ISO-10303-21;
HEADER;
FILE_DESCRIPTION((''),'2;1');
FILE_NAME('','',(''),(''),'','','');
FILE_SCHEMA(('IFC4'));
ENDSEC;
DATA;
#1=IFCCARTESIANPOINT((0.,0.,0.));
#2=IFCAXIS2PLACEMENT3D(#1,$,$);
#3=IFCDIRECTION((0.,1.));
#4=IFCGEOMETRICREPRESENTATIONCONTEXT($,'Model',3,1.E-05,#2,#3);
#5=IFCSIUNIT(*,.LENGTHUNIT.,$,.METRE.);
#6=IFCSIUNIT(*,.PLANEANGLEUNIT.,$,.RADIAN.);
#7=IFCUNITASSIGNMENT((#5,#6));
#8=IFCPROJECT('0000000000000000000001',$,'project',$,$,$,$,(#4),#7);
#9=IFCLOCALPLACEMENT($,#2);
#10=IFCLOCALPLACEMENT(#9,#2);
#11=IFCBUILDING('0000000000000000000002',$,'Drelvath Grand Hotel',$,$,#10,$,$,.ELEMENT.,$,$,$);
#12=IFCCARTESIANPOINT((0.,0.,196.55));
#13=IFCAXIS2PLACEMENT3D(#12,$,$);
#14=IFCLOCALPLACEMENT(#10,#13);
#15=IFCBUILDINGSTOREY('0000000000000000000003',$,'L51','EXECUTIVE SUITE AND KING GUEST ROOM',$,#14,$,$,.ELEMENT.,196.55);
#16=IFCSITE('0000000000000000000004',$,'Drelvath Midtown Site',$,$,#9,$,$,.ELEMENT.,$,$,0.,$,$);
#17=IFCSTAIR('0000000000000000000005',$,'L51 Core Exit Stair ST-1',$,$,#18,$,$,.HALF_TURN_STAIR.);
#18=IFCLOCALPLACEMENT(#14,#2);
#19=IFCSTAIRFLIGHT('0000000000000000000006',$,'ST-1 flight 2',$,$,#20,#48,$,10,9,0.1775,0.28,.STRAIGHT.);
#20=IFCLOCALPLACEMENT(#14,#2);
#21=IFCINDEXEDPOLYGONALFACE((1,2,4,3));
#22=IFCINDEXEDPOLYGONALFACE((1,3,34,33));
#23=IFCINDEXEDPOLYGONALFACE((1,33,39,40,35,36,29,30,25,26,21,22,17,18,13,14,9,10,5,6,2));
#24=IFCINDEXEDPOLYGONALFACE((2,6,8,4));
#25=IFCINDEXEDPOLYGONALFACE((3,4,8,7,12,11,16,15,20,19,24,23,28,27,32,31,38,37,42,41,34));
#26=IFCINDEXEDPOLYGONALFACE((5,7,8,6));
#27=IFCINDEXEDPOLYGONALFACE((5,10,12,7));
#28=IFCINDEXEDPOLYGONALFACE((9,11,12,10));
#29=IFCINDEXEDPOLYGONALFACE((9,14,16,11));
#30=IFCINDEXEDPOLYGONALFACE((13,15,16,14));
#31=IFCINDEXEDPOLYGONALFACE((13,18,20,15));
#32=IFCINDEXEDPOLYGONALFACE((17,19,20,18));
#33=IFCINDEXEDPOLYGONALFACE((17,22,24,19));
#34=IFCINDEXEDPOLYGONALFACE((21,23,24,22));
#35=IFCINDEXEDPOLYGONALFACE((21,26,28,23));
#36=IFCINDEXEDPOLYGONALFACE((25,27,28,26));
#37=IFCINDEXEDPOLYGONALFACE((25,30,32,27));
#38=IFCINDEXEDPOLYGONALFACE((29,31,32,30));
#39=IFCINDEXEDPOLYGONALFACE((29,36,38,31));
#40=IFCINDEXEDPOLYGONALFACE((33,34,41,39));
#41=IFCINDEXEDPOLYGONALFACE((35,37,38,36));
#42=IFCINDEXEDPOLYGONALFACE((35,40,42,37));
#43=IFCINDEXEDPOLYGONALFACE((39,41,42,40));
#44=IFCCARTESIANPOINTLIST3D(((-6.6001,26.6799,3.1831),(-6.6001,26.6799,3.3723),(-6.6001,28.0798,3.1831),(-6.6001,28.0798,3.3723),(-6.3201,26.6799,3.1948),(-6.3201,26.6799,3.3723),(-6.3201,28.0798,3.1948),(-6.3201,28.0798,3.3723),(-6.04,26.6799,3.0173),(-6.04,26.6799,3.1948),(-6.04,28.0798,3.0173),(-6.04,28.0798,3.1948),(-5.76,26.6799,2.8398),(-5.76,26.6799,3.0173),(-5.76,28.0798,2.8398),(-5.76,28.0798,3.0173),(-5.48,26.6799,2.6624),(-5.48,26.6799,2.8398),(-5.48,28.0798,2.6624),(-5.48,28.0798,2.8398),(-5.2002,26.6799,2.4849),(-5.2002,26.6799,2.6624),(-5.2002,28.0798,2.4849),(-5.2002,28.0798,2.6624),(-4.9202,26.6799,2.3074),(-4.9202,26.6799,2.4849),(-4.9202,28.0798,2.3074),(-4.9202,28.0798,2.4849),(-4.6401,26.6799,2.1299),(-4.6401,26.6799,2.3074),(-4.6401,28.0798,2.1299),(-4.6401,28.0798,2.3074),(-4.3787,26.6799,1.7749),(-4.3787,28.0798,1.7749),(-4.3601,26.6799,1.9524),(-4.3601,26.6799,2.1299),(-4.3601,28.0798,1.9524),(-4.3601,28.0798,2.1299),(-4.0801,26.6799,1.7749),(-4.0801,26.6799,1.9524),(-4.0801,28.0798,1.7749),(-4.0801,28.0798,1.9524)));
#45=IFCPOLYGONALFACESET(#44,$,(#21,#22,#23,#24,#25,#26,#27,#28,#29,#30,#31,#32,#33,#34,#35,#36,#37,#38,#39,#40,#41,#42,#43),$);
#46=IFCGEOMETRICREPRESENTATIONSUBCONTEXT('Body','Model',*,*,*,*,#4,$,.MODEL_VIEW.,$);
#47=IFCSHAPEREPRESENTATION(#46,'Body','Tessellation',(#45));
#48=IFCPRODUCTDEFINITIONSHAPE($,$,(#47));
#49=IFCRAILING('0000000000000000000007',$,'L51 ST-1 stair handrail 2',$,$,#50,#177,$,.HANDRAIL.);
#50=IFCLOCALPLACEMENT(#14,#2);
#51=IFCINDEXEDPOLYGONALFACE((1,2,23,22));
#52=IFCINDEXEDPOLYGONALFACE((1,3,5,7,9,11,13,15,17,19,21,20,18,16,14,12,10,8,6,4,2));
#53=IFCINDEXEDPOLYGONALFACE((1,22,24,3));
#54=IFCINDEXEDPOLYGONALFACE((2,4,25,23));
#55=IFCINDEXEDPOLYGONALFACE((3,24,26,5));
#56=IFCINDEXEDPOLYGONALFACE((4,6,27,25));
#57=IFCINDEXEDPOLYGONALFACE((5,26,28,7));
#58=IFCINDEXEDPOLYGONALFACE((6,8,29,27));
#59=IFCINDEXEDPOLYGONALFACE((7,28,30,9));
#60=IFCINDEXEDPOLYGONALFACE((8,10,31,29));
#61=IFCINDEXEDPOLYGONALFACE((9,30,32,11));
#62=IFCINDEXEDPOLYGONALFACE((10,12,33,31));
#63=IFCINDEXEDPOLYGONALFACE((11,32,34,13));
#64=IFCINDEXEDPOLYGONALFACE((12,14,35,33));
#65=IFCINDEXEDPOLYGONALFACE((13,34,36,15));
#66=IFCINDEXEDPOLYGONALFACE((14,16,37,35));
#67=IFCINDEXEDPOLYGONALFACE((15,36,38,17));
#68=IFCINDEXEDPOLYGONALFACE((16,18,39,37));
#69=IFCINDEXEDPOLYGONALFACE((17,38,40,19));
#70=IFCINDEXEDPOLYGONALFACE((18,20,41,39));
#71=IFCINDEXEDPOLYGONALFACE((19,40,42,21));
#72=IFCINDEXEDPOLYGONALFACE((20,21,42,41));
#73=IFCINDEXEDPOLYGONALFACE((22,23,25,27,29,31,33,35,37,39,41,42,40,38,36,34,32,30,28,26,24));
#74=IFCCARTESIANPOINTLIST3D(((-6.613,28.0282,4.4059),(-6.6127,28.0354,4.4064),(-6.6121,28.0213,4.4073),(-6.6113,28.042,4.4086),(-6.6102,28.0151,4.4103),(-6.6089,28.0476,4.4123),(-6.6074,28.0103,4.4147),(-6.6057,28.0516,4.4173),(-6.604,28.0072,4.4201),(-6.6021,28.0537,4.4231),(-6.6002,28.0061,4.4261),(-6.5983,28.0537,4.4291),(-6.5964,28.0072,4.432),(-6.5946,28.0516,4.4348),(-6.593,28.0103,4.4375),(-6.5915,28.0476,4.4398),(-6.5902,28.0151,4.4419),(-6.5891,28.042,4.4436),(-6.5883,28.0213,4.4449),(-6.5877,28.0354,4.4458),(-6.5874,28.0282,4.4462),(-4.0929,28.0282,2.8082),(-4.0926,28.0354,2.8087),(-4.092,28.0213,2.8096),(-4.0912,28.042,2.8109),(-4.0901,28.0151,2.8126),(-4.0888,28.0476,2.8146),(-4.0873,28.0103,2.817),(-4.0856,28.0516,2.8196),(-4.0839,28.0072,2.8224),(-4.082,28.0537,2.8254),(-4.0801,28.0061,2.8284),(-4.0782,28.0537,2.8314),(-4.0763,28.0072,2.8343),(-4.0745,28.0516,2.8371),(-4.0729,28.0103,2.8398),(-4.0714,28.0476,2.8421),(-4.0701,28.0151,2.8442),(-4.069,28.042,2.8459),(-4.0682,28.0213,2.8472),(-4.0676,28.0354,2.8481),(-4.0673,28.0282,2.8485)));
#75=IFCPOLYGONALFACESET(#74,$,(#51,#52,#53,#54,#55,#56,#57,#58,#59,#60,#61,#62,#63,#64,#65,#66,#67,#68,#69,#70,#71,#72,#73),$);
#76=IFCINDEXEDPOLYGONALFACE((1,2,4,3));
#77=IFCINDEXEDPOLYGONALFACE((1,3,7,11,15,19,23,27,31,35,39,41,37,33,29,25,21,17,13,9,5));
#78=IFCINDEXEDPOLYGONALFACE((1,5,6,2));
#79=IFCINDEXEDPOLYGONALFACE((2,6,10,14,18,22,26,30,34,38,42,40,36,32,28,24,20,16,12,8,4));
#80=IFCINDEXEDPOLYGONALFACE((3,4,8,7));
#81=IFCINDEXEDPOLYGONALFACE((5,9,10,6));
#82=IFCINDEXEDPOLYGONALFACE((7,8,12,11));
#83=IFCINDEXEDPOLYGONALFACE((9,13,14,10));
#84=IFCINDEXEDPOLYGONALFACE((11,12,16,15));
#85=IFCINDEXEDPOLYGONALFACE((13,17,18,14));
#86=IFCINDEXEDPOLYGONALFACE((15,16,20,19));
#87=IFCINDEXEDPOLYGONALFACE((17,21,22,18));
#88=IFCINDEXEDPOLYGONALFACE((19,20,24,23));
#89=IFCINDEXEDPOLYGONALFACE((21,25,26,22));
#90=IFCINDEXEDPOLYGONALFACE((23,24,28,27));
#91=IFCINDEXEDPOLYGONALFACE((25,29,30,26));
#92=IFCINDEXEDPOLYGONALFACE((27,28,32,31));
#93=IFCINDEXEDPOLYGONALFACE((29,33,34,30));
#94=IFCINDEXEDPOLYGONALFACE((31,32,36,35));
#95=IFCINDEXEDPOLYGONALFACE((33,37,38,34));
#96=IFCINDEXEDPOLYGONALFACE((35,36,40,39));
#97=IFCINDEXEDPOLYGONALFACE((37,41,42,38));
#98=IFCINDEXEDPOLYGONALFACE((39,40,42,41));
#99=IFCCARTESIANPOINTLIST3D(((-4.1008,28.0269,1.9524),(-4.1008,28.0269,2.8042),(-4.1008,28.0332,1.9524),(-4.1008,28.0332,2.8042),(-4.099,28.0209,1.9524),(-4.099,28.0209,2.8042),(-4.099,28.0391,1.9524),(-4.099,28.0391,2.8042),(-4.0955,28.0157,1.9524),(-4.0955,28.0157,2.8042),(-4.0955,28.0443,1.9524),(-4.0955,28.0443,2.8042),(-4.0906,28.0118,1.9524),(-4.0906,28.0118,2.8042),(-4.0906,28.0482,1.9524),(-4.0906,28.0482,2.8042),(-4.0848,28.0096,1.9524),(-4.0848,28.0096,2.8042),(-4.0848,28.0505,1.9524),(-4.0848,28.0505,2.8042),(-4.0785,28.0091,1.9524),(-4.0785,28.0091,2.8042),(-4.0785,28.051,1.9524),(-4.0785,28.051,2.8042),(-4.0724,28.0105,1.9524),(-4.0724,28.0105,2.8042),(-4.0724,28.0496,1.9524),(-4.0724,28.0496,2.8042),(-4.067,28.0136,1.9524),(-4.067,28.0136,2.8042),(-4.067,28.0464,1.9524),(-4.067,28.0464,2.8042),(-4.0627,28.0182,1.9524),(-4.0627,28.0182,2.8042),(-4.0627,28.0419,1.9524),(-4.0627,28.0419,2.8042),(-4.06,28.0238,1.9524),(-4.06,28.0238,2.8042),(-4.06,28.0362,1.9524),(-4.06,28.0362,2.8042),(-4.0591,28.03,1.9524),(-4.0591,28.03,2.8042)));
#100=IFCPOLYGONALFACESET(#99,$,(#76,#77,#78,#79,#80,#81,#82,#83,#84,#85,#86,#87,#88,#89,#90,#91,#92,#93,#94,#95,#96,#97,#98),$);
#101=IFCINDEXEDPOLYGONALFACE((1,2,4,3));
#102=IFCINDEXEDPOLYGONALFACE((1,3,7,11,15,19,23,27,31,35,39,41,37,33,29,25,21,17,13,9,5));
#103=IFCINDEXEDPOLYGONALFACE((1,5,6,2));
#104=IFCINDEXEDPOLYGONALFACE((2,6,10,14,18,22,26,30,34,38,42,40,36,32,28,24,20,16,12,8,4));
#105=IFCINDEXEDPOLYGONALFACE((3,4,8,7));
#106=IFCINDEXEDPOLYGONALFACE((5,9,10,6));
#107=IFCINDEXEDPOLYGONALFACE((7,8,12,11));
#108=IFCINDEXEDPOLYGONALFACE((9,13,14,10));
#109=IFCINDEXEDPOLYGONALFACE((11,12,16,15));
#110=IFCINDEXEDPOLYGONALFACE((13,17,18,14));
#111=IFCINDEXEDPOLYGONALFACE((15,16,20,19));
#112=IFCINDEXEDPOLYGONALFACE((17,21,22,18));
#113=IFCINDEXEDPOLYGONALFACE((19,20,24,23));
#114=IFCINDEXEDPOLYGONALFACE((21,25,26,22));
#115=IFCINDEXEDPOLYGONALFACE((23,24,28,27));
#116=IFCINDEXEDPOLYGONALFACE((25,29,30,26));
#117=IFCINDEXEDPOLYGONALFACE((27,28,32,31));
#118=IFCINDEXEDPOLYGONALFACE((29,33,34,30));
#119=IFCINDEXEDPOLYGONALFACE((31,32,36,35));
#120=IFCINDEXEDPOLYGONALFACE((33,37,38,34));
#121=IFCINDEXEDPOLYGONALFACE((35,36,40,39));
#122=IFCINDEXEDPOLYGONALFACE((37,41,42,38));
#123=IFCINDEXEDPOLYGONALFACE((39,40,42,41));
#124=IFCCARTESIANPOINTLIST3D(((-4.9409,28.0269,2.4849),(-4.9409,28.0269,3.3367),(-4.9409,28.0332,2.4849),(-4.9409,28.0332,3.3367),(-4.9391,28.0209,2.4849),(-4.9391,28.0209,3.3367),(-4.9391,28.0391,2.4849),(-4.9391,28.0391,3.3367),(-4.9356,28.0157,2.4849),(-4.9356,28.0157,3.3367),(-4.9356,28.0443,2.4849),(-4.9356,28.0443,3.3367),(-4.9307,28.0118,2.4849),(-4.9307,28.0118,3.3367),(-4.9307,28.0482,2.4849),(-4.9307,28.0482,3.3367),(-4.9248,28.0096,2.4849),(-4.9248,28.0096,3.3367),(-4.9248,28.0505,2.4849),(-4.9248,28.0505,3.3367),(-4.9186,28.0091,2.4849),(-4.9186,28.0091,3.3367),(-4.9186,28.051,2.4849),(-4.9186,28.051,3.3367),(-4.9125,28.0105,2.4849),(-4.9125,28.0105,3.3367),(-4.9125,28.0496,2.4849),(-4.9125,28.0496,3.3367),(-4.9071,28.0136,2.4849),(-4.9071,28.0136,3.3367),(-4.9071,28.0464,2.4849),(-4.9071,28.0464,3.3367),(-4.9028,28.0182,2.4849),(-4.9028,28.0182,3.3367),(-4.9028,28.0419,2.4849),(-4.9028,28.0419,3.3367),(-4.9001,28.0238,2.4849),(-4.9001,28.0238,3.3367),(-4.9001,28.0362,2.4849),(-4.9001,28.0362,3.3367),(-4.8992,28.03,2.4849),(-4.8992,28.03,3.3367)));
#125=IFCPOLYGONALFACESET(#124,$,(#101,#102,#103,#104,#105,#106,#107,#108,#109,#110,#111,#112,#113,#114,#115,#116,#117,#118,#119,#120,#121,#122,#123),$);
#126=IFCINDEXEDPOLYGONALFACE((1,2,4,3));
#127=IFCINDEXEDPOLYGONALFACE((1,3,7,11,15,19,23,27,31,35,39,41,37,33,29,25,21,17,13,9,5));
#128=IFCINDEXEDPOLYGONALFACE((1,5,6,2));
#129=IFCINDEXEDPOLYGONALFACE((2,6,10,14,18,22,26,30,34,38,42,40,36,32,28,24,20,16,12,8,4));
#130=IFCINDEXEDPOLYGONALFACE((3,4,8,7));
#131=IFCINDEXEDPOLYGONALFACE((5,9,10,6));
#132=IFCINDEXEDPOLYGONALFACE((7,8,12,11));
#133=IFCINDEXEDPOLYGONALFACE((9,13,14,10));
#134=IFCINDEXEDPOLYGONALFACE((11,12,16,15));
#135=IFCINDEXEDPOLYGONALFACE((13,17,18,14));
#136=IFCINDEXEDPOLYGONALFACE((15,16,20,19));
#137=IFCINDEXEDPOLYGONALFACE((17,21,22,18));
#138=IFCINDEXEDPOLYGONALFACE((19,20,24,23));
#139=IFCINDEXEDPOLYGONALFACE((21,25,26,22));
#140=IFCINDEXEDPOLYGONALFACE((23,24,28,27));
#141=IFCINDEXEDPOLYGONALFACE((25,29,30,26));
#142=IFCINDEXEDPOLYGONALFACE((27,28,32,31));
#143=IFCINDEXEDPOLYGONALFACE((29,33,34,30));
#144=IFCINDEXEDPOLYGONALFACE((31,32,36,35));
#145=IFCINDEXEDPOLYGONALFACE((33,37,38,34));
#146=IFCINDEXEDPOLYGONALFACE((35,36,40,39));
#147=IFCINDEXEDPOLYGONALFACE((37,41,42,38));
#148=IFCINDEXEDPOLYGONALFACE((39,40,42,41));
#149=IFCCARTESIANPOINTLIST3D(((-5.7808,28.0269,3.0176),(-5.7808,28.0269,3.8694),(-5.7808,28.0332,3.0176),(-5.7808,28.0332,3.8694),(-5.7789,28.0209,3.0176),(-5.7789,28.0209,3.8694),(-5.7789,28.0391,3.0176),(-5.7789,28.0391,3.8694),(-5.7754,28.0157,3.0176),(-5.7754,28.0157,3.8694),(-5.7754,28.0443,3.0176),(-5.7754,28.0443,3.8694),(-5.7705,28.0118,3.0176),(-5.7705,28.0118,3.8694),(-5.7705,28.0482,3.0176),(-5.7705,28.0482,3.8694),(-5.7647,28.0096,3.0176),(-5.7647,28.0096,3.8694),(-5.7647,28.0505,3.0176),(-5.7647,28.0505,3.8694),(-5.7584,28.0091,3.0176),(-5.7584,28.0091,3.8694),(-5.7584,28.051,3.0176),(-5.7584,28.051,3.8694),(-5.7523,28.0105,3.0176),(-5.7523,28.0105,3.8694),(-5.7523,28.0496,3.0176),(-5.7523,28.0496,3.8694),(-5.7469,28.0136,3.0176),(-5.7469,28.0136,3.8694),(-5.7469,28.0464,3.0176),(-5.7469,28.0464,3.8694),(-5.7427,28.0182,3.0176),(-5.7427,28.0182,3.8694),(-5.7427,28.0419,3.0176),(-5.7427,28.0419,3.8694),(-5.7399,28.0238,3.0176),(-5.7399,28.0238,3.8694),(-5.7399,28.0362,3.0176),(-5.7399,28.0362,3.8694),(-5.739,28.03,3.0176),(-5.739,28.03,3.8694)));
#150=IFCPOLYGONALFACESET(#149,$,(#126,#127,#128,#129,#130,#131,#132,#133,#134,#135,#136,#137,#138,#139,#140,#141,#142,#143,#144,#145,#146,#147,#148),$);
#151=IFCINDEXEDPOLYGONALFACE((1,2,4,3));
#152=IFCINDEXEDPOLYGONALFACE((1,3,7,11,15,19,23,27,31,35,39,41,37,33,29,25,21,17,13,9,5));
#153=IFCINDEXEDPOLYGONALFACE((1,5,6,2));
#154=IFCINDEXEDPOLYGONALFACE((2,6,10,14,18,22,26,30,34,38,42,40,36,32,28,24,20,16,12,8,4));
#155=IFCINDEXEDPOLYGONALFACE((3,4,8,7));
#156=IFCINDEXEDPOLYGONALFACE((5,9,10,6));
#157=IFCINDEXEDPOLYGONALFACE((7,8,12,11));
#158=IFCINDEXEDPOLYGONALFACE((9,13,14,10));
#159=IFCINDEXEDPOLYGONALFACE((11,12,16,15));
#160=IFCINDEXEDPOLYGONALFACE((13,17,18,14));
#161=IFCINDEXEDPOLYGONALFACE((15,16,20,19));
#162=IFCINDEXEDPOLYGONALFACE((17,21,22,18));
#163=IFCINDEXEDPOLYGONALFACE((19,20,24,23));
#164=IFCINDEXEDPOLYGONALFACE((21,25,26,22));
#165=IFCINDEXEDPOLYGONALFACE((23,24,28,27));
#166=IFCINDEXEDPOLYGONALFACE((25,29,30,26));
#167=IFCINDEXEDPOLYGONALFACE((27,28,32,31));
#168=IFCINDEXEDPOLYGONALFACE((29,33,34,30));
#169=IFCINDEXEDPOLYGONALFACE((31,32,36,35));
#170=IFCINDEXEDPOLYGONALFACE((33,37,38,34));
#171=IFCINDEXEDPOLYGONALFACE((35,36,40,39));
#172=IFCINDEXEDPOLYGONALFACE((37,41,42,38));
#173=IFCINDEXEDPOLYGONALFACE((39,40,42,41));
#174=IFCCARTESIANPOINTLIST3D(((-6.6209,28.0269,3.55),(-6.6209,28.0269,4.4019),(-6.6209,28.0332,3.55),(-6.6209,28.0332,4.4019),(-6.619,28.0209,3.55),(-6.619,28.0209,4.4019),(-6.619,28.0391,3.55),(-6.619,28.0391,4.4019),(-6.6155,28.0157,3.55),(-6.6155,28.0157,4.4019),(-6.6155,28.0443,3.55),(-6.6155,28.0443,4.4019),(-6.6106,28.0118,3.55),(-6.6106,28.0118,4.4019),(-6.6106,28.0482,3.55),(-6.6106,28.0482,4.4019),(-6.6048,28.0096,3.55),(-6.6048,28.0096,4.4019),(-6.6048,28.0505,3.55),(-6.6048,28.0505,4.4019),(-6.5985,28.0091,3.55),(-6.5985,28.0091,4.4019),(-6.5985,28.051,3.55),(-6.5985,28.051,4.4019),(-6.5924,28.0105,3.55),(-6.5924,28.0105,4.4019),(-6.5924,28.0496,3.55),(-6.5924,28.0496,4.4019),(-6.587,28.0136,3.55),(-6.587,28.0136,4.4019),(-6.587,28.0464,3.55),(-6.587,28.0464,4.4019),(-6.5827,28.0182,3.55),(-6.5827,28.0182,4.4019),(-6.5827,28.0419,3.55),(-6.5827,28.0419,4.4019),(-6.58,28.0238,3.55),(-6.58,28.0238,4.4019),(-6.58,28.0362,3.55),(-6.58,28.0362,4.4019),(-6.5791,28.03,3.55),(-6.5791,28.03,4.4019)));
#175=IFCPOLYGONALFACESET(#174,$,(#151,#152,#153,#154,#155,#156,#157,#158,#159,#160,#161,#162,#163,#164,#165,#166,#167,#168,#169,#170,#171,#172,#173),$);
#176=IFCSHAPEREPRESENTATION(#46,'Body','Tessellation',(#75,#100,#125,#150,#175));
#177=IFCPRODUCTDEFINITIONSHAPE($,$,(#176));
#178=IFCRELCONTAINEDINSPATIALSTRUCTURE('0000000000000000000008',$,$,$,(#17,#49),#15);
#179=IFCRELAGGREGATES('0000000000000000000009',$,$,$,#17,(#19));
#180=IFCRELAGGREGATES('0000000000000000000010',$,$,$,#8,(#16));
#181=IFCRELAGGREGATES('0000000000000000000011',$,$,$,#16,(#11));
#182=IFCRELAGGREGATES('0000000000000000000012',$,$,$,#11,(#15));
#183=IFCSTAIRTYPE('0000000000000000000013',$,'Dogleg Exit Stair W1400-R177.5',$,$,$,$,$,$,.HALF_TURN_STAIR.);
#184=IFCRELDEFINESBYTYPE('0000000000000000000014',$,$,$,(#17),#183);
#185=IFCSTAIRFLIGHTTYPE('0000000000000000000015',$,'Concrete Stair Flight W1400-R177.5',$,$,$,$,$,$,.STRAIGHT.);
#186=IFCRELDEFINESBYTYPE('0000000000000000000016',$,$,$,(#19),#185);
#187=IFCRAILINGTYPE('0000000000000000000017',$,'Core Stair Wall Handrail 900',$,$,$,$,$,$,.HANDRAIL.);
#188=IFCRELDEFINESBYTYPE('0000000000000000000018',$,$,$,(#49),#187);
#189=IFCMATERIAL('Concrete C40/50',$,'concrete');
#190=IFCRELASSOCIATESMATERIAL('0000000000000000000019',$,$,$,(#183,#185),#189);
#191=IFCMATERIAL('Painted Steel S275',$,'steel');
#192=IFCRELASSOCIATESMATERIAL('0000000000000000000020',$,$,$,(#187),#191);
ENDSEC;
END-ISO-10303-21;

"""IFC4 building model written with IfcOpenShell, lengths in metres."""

from ifc_helpers import new_model, si_unit, direction, frame, origin, origin_2d, place, context, subcontext, project, spatial, polyline, circle, outline, extrude, material, type_object, element, aggregate, save


model = new_model("IFC4")

# Units and contexts
model_context = context("Model", 3, precision=1e-05, world=origin(), true_north=direction((0.0, 1.0)))
body_context = subcontext(model_context, "Body", "Model", "MODEL_VIEW")
ifc_project = project(units=[si_unit("LENGTHUNIT", "METRE"), si_unit("PLANEANGLEUNIT", "RADIAN")], contexts=[model_context])

# Site, building, storey
site_placement = place(None, origin())
site = spatial("IfcSite", under=ifc_project, at=site_placement, Name="Drelvath Midtown Site", CompositionType="ELEMENT", RefElevation=0.0)
building_placement = place(site_placement, origin())
building = spatial("IfcBuilding", under=site, at=building_placement, Name="Drelvath Grand Hotel", CompositionType="ELEMENT")
storey_placement = place(building_placement, frame((0.0, 0.0, 196.55)))
storey = spatial("IfcBuildingStorey", under=building, at=storey_placement, Name="L51", Description="EXECUTIVE SUITE AND KING GUEST ROOM", CompositionType="ELEMENT", Elevation=196.55)

# Shared definitions
ifc_material_1 = material(Name="Painted Steel S275", Category="steel")

# Shared definitions
ifc_material_2 = material(Name="Concrete C40/50", Category="concrete")

# Stair, stair flight
stair_type = type_object("IfcStairType", Name="Dogleg Exit Stair W1400-R177.5", PredefinedType="HALF_TURN_STAIR", material=ifc_material_2)
stair_placement = place(storey_placement, origin())
stair = element("IfcStair", 1, at=stair_placement, inside=storey, type_object=stair_type, Name="L51 Core Exit Stair ST-1", PredefinedType="HALF_TURN_STAIR")
stair_flight_type = type_object("IfcStairFlightType", Name="Concrete Stair Flight W1400-R177.5", PredefinedType="STRAIGHT", material=ifc_material_2)
stair_flight_placement = place(storey_placement, frame((-4.0801, 27.3799, 1.7749), z_axis=(0.0, 0.0, 1.0), x_axis=(-1.0, 0.0, 0.0)))
stair_flight = element("IfcStairFlight", 2, at=stair_flight_placement, type_object=stair_flight_type, Name="ST-1 flight 2", NumberOfRisers=10, NumberOfTreads=9, PredefinedType="STRAIGHT", RiserHeight=0.1775, TreadLength=0.28, context=body_context, shape_type="SweptSolid", body=[
    extrude(outline(polyline([(0.0, 0.0), (0.0, 0.1775), (0.28, 0.1775), (0.28, 0.355), (0.5601, 0.355), (0.5601, 0.5325), (0.8401, 0.5325), (0.8401, 0.71), (1.1201, 0.71), (1.1201, 0.8875), (1.3999, 0.8875), (1.3999, 1.0649), (1.6799, 1.0649), (1.6799, 1.2424), (1.96, 1.2424), (1.96, 1.4199), (2.24, 1.4199), (2.24, 1.5974), (2.52, 1.5974), (2.52, 1.7749), (2.52, 1.4082), (0.2986, 0.0), (0.0, 0.0)])), frame((0.0, 0.7, 0.0), z_axis=(0.0, -1.0, 0.0), x_axis=(1.0, 0.0, 0.0)), (0.0, 0.0, 1.0), 1.3999),
])
aggregate(stair, [stair_flight])

# Railing
railing_type_1 = type_object("IfcRailingType", Name="Core Stair Wall Handrail 900", PredefinedType="HANDRAIL", material=ifc_material_1)
railing_1_placement = place(storey_placement, frame((-4.0801, 28.03, 1.9524)))
element("IfcRailing", 3, at=railing_1_placement, inside=storey, type_object=railing_type_1, Name="L51 ST-1 stair handrail 2", PredefinedType="HANDRAIL", context=body_context, shape_type="SweptSolid", body=[
    extrude(circle(Radius=0.0239, at=origin_2d()), frame((0.0, 0.0, 0.876), z_axis=(-0.84457, 0.0, 0.535445), x_axis=(0.0, -1.0, 0.0)), (0.0, 0.0, 1.0), 2.9839),
    extrude(circle(Radius=0.021, at=origin_2d()), origin(), (0.0, 0.0, 1.0), 0.8518),
    extrude(circle(Radius=0.021, at=origin_2d()), frame((-0.8401, 0.0, 0.5325)), (0.0, 0.0, 1.0), 0.8518),
    extrude(circle(Radius=0.021, at=origin_2d()), frame((-1.6799, 0.0, 1.0652)), (0.0, 0.0, 1.0), 0.8518),
    extrude(circle(Radius=0.021, at=origin_2d()), frame((-2.52, 0.0, 1.5977)), (0.0, 0.0, 1.0), 0.8518),
])

save(model, "model.ifc")
